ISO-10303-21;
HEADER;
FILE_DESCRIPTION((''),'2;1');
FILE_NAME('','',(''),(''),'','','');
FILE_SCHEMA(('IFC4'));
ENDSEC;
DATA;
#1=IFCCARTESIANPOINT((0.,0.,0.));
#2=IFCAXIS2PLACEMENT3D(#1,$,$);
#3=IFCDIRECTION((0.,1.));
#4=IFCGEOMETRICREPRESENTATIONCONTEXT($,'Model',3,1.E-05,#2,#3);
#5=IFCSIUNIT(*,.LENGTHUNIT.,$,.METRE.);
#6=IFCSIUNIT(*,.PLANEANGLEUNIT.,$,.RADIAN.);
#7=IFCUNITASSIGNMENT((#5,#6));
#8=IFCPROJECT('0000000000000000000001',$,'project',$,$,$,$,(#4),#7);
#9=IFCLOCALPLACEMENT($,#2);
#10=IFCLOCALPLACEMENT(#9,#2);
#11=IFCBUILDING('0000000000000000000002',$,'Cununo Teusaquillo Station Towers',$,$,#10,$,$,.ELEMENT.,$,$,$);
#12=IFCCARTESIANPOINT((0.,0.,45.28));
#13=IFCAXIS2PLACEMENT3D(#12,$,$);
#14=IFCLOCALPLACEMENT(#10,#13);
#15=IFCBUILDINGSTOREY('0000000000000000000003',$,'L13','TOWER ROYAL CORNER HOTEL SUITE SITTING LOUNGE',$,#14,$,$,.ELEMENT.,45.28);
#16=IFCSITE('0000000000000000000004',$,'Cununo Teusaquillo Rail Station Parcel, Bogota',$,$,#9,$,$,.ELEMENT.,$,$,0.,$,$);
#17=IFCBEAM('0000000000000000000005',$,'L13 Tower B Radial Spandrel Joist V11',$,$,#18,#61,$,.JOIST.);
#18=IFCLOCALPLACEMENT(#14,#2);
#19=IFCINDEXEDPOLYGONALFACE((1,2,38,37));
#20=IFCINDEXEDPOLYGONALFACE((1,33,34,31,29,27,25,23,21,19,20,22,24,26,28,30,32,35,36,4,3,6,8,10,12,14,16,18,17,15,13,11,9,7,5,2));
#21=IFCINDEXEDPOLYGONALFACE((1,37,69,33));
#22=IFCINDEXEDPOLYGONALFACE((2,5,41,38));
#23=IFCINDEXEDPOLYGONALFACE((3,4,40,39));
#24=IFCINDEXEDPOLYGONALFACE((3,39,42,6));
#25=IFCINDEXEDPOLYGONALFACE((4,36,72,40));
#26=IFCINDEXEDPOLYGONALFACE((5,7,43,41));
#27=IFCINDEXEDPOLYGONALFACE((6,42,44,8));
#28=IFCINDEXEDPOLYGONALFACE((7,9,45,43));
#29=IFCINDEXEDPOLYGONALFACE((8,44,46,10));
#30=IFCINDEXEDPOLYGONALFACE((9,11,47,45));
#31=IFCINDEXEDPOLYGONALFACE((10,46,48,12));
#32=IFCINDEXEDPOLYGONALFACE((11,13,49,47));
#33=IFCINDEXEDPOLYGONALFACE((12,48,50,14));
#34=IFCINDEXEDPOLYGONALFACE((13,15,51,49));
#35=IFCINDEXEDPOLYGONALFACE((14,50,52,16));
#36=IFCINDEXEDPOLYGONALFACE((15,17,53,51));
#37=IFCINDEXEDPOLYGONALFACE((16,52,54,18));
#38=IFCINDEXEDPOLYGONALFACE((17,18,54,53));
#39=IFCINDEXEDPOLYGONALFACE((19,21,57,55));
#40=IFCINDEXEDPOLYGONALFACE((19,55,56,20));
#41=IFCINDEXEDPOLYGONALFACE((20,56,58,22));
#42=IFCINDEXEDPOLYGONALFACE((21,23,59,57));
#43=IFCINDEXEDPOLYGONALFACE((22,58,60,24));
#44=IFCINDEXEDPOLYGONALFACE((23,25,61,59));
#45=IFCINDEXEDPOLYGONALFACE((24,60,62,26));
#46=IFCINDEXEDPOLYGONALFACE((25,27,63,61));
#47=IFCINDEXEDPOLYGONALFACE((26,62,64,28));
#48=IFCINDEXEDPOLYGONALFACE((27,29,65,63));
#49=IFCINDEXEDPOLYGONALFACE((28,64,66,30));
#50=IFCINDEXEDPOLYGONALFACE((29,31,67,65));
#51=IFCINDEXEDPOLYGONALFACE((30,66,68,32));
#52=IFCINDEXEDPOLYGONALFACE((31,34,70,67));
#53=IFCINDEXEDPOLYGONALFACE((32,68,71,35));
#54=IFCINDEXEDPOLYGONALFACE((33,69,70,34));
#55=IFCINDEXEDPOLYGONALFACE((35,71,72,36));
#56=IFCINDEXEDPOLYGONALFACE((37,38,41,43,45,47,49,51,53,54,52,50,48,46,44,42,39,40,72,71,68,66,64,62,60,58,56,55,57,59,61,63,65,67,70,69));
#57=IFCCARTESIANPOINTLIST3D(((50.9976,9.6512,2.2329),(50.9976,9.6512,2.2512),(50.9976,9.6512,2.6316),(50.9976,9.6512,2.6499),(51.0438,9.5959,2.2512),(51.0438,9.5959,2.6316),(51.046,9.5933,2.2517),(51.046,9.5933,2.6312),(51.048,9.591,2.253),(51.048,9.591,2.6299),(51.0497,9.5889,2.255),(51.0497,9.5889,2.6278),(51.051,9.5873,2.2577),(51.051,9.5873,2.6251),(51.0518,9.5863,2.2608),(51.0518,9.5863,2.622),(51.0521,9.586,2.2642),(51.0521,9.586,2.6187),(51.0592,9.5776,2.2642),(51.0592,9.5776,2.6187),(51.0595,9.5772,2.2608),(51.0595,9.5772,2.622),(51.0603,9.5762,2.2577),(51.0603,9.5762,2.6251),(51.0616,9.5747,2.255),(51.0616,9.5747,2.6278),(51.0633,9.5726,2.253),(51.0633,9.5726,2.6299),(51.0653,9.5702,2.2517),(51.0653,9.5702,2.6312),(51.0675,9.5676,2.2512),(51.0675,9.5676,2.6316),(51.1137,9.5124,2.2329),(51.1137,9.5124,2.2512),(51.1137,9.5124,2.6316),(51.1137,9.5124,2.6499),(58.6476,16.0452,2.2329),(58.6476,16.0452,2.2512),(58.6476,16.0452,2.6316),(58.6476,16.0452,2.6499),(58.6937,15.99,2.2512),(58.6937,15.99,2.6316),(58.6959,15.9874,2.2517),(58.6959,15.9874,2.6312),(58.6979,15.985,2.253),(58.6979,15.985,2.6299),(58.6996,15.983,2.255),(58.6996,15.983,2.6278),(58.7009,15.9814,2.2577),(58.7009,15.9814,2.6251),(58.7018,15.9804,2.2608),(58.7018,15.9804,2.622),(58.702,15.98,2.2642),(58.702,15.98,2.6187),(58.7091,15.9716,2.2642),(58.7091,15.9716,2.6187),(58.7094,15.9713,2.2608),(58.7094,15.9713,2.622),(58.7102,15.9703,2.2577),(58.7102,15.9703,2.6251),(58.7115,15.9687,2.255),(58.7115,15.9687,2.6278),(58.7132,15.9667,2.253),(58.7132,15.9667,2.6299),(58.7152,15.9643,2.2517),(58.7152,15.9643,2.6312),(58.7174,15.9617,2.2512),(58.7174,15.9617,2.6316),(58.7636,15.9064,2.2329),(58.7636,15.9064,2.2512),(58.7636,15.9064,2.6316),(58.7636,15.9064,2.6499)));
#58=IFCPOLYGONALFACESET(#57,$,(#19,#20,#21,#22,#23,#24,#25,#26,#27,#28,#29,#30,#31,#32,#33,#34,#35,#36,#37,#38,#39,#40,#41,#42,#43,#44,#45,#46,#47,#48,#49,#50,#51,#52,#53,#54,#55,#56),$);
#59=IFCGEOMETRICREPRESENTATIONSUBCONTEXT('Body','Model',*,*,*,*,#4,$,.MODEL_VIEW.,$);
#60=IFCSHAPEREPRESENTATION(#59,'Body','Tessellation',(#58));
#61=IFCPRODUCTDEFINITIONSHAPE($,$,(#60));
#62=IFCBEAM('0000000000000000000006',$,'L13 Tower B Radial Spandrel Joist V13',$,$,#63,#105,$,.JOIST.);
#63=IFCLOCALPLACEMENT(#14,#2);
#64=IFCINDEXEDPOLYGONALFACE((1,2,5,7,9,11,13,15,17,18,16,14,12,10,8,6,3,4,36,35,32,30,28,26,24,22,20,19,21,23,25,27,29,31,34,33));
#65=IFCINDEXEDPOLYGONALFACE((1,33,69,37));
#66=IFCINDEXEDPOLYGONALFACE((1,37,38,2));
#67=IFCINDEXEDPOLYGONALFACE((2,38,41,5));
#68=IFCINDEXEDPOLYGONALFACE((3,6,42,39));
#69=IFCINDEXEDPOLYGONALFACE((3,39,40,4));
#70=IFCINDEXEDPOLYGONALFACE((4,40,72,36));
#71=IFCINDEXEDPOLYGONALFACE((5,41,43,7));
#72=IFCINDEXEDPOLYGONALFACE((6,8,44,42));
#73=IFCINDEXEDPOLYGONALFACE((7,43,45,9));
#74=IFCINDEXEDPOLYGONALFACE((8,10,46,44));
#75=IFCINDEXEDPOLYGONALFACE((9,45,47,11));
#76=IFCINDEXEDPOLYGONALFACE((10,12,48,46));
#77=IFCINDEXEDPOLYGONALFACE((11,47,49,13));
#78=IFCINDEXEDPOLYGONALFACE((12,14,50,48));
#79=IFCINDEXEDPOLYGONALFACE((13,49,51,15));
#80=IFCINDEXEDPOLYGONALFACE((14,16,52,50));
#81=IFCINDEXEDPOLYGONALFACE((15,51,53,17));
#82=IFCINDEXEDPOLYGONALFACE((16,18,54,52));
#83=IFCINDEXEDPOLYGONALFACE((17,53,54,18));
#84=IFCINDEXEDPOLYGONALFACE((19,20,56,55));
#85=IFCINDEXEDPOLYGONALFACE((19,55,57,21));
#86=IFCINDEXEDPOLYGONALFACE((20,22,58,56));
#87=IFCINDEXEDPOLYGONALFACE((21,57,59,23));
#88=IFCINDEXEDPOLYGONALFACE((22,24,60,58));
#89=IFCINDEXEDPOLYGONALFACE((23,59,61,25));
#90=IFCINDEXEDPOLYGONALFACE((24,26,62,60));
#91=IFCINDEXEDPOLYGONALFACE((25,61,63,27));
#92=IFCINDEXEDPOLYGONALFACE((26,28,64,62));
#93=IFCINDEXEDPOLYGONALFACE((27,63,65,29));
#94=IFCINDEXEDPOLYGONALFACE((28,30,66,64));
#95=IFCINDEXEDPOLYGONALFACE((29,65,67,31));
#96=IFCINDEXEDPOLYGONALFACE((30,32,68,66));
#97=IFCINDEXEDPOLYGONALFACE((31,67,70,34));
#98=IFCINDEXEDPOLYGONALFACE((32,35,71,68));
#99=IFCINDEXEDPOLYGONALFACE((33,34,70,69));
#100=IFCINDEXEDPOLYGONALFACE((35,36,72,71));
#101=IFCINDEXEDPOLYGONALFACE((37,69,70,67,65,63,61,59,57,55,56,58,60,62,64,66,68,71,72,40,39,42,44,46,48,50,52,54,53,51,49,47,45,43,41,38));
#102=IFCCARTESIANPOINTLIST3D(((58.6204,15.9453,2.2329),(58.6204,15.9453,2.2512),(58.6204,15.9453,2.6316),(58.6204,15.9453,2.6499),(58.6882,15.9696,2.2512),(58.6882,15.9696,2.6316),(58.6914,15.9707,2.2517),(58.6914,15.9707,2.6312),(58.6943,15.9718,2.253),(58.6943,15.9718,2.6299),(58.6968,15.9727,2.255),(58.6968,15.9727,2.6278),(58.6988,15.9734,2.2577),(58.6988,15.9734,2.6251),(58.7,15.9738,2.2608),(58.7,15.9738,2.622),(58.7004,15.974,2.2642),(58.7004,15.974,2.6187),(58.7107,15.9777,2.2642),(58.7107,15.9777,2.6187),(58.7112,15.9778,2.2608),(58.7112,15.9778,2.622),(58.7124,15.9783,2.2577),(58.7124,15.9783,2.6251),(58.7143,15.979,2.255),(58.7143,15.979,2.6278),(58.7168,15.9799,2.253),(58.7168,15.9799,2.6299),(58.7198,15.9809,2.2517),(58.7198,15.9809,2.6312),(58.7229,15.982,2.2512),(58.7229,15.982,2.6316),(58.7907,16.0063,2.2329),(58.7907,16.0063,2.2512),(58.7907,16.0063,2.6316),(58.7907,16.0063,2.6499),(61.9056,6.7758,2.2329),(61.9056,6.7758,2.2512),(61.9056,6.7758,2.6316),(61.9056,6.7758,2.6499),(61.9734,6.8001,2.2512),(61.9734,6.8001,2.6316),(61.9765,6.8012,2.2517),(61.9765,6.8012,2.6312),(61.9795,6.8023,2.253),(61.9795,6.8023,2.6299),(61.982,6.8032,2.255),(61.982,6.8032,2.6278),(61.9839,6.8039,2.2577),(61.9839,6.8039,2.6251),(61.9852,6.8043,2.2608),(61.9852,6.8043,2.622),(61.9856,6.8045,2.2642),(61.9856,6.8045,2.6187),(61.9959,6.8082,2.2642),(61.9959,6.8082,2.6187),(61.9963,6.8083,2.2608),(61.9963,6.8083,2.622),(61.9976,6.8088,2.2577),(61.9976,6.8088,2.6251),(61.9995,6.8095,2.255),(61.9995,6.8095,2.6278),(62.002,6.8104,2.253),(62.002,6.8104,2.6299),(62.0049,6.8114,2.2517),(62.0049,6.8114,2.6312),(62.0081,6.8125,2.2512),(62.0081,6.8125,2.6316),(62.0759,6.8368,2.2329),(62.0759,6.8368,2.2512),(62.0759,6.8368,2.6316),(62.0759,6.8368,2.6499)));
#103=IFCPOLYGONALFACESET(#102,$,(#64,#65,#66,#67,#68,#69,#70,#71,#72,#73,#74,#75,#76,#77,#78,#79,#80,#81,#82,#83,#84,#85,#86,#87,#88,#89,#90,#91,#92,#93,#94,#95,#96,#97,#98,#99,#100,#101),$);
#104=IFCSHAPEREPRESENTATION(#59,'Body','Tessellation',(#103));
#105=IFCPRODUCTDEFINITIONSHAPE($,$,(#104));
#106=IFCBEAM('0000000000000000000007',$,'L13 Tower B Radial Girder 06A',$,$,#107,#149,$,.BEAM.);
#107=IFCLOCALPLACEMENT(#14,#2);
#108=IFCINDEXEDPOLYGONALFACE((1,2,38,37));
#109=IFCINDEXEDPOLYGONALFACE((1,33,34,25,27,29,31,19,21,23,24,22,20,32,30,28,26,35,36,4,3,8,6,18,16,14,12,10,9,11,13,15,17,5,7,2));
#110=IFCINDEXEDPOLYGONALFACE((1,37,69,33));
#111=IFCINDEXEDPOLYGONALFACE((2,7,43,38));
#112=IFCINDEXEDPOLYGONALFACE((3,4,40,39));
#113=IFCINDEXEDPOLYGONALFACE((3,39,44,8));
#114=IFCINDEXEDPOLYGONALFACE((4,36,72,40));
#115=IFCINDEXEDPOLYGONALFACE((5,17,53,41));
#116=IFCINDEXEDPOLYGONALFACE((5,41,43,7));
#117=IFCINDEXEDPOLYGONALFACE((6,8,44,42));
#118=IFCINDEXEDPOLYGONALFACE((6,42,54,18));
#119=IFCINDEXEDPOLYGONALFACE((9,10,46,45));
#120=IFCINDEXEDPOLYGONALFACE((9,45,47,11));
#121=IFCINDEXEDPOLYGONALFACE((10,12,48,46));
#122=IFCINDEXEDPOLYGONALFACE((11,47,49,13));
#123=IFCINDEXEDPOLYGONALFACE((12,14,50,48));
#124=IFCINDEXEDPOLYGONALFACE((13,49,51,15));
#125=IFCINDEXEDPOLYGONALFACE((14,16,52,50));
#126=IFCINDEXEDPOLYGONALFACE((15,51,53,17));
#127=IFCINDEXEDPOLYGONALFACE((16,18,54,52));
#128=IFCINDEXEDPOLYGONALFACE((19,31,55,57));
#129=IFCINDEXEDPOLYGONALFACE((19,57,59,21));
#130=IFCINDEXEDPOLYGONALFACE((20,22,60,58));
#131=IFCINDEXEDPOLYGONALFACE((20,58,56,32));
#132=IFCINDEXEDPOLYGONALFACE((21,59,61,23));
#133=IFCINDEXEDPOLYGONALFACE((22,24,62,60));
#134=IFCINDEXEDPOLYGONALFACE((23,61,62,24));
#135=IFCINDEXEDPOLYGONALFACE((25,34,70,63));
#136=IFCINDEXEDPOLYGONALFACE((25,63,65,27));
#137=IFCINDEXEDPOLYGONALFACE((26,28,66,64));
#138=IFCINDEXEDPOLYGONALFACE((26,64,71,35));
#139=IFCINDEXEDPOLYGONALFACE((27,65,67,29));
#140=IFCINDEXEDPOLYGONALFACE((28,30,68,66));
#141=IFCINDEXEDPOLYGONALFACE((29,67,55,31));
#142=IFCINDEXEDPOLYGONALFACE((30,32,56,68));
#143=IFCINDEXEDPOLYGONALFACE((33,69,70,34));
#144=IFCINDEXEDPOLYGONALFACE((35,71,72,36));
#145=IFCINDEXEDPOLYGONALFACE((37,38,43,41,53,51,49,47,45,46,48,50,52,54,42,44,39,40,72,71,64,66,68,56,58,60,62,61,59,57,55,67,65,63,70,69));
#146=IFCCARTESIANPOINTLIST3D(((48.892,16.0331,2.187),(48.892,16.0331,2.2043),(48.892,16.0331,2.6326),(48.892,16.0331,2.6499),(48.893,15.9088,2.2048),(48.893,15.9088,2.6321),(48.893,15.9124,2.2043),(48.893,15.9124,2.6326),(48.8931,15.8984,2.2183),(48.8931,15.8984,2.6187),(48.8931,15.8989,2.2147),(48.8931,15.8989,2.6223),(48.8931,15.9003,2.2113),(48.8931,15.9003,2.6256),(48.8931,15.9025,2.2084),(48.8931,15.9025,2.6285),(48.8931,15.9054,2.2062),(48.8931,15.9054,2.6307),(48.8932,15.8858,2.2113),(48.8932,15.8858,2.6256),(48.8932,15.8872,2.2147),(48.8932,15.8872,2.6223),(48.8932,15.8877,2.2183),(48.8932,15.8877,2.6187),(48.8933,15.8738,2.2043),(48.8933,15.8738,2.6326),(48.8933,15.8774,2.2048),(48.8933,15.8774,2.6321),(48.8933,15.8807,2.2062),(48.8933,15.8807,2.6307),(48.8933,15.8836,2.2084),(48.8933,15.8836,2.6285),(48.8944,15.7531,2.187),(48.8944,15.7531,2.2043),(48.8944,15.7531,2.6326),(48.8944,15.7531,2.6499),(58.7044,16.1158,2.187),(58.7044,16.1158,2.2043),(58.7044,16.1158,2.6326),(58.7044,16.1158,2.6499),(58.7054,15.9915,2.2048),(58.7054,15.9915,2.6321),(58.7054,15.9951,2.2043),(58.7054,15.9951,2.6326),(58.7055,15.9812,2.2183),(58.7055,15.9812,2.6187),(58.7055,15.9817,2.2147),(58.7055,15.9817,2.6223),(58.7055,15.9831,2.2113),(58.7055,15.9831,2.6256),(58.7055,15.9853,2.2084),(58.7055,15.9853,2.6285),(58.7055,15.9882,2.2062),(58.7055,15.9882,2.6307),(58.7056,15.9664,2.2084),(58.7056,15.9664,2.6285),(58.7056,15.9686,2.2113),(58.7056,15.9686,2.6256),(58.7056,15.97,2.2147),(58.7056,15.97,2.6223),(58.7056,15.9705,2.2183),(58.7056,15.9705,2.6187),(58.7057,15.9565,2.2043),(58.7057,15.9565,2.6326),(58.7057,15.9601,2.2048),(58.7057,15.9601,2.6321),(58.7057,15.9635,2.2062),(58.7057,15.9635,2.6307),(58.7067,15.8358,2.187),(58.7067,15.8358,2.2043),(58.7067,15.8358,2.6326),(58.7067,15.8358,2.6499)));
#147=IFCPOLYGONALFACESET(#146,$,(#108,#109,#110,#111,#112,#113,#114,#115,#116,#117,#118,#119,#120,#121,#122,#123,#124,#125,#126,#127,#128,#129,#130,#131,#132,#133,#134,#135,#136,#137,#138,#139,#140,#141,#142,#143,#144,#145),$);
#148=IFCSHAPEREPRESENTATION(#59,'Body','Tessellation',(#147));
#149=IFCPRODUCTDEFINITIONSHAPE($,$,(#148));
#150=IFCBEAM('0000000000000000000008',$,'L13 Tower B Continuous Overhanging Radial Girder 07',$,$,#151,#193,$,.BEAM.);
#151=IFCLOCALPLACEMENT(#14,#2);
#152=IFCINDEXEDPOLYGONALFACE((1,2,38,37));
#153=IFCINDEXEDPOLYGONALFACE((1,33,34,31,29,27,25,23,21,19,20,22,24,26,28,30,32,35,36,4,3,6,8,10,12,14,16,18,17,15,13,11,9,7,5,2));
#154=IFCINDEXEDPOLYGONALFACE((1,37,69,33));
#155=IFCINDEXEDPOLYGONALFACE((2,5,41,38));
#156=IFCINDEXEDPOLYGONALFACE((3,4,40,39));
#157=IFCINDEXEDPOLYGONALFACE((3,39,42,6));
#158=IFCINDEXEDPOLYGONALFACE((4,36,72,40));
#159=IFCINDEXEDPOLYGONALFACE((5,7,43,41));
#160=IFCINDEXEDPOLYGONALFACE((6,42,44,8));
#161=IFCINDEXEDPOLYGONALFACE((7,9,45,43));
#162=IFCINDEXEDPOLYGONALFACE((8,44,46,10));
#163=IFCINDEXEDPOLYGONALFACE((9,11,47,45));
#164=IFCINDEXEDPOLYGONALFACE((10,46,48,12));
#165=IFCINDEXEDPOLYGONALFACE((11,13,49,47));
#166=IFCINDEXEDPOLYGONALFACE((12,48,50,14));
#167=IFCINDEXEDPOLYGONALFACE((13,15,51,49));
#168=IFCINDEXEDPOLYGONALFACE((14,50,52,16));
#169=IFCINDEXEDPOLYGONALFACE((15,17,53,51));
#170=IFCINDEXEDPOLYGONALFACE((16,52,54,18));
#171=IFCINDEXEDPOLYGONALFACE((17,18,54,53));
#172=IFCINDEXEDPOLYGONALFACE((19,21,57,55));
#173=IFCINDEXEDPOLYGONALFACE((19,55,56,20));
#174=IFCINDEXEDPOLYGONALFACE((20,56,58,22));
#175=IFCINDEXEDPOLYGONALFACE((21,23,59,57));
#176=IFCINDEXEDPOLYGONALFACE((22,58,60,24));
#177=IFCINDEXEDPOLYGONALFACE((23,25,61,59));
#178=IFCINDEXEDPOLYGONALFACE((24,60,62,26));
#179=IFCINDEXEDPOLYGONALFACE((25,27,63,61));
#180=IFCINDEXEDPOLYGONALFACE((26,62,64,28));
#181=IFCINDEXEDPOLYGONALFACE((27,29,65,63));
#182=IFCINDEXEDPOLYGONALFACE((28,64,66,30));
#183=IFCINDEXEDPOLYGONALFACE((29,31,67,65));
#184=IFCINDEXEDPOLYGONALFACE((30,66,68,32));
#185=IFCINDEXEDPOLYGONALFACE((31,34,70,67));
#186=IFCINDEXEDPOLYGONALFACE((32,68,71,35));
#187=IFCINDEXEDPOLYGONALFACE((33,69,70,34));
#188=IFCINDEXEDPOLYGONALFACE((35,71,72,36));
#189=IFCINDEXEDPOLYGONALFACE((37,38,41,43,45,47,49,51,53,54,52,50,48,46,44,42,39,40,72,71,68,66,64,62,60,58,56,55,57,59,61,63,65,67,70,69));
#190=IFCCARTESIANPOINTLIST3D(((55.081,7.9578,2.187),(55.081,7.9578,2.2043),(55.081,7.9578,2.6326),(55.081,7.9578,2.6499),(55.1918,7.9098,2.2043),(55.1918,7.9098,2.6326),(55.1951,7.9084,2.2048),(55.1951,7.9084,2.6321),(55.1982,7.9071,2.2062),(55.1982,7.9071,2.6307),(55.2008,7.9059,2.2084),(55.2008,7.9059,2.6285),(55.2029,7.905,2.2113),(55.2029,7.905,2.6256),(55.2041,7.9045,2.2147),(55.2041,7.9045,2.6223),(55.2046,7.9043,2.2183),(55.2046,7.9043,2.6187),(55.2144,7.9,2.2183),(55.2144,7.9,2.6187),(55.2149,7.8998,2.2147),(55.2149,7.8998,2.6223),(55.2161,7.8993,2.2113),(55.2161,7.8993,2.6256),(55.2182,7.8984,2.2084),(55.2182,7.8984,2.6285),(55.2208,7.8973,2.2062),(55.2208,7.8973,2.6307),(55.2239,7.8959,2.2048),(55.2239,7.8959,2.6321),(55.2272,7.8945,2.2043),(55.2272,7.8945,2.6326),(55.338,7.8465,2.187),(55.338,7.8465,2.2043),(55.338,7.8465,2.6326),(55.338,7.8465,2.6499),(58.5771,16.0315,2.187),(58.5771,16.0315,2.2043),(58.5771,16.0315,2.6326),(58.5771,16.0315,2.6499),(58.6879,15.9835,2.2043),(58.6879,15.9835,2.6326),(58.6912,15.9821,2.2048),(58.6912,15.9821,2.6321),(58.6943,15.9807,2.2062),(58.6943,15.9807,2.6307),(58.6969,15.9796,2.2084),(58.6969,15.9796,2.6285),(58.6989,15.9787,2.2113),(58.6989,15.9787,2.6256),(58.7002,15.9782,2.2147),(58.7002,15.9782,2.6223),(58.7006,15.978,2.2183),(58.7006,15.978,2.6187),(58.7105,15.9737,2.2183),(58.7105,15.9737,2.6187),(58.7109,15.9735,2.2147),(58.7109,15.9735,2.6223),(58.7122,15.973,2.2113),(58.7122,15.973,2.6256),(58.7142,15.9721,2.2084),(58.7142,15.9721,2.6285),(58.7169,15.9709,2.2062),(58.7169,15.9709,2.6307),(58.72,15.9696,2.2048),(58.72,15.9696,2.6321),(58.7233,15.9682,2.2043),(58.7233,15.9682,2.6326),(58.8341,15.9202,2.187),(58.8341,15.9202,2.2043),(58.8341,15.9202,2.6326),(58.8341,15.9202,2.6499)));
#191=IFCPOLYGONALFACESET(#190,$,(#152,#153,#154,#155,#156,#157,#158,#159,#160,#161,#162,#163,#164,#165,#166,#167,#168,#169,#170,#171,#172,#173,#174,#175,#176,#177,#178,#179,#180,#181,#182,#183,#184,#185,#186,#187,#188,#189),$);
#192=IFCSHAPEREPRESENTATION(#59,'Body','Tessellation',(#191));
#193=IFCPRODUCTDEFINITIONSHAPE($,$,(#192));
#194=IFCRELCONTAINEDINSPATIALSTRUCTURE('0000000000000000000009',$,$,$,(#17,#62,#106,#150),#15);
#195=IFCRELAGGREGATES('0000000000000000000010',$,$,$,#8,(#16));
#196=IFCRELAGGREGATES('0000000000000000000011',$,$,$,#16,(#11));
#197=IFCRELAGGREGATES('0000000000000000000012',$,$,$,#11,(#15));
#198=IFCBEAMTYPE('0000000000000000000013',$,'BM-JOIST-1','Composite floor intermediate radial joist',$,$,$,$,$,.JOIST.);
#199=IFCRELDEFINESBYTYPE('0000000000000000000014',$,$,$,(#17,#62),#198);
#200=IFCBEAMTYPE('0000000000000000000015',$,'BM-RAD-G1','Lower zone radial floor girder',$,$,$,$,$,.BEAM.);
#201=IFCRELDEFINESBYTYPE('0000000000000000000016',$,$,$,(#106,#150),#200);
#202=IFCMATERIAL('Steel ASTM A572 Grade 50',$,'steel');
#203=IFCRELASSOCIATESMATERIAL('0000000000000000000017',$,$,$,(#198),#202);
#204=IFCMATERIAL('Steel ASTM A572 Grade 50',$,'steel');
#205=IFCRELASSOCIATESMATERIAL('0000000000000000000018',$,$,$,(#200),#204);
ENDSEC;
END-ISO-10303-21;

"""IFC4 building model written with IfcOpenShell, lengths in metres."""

from ifc_helpers import new_model, si_unit, direction, frame, origin, origin_2d, place, context, subcontext, project, spatial, i_section, extrude, material, material_profile, profile_set, type_object, element, save


model = new_model("IFC4")

# Units and contexts
model_context = context("Model", 3, precision=1e-05, world=origin(), true_north=direction((0.0, 1.0)))
body_context = subcontext(model_context, "Body", "Model", "MODEL_VIEW")
ifc_project = project(units=[si_unit("LENGTHUNIT", "METRE"), si_unit("PLANEANGLEUNIT", "RADIAN")], contexts=[model_context])

# Site, building, storey
site_placement = place(None, origin())
site = spatial("IfcSite", under=ifc_project, at=site_placement, Name="Cununo Teusaquillo Rail Station Parcel, Bogota", CompositionType="ELEMENT", RefElevation=0.0)
building_placement = place(site_placement, origin())
building = spatial("IfcBuilding", under=site, at=building_placement, Name="Cununo Teusaquillo Station Towers", CompositionType="ELEMENT")
storey_placement = place(building_placement, frame((0.0, 0.0, 45.28)))
storey = spatial("IfcBuildingStorey", under=building, at=storey_placement, Name="L13", Description="TOWER ROYAL CORNER HOTEL SUITE SITTING LOUNGE", CompositionType="ELEMENT", Elevation=45.28)

# Beams
ifc_material_1 = material(Name="Steel ASTM A572 Grade 50", Category="steel")
ifc_material_profile_1 = material_profile(ifc_material_1, i_section(OverallWidth=0.1809, OverallDepth=0.417, WebThickness=0.011, FlangeThickness=0.0183, FilletRadius=0.0129, at=origin_2d()), Name="W16X57")
ifc_profile_set_1 = profile_set([ifc_material_profile_1], Name="Steel ASTM A572 Grade 50")
beam_type_1 = type_object("IfcBeamType", Name="BM-JOIST-1", Description="Composite floor intermediate radial joist", PredefinedType="JOIST", material=ifc_profile_set_1)
beam_1_placement = place(storey_placement, frame((58.7056, 15.9758, 2.4414), z_axis=(-0.767277, -0.641316, 0.0), x_axis=(0.641316, -0.767277, 0.0)))
element("IfcBeam", 1, at=beam_1_placement, inside=storey, type_object=beam_type_1, Name="L13 Tower B Radial Spandrel Joist V11", PredefinedType="JOIST", context=body_context, shape_type="SweptSolid", body=[
    extrude(i_section(OverallWidth=0.1809, OverallDepth=0.417, WebThickness=0.011, FlangeThickness=0.0183, FilletRadius=0.0129, at=origin_2d()), origin(), (0.0, 0.0, 1.0), 9.9702),
])
beam_2_placement = place(storey_placement, frame((58.7056, 15.9758, 2.4414), z_axis=(0.337279, -0.941405, 0.0), x_axis=(0.941405, 0.337279, 0.0)))
element("IfcBeam", 2, at=beam_2_placement, inside=storey, type_object=beam_type_1, Name="L13 Tower B Radial Spandrel Joist V13", PredefinedType="JOIST", context=body_context, shape_type="SweptSolid", body=[
    extrude(i_section(OverallWidth=0.1809, OverallDepth=0.417, WebThickness=0.011, FlangeThickness=0.0183, FilletRadius=0.0129, at=origin_2d()), origin(), (0.0, 0.0, 1.0), 9.7402),
])
ifc_material_2 = material(Name="Steel ASTM A572 Grade 50", Category="steel")
ifc_material_profile_2 = material_profile(ifc_material_2, i_section(OverallWidth=0.28, OverallDepth=0.4629, WebThickness=0.0107, FlangeThickness=0.0173, FilletRadius=0.0139, at=origin_2d()), Name="W18X76")
ifc_profile_set_2 = profile_set([ifc_material_profile_2], Name="Steel ASTM A572 Grade 50")
beam_type_2 = type_object("IfcBeamType", Name="BM-RAD-G1", Description="Lower zone radial floor girder", PredefinedType="BEAM", material=ifc_profile_set_2)
beam_3_placement = place(storey_placement, frame((58.7056, 15.9758, 2.4185), z_axis=(-0.999964, -0.008434, 0.0), x_axis=(0.008434, -0.999964, 0.0)))
element("IfcBeam", 3, at=beam_3_placement, inside=storey, type_object=beam_type_2, Name="L13 Tower B Radial Girder 06A", PredefinedType="BEAM", context=body_context, shape_type="SweptSolid", body=[
    extrude(i_section(OverallWidth=0.28, OverallDepth=0.4629, WebThickness=0.0107, FlangeThickness=0.0173, FilletRadius=0.0139, at=origin_2d()), origin(), (0.0, 0.0, 1.0), 9.8127),
])
beam_4_placement = place(storey_placement, frame((58.7056, 15.9758, 2.4185), z_axis=(-0.397366, -0.91766, 0.0), x_axis=(0.91766, -0.397366, 0.0)))
element("IfcBeam", 4, at=beam_4_placement, inside=storey, type_object=beam_type_2, Name="L13 Tower B Continuous Overhanging Radial Girder 07", PredefinedType="BEAM", context=body_context, shape_type="SweptSolid", body=[
    extrude(i_section(OverallWidth=0.28, OverallDepth=0.4629, WebThickness=0.0107, FlangeThickness=0.0173, FilletRadius=0.0139, at=origin_2d()), origin(), (0.0, 0.0, 1.0), 8.7981),
])

save(model, "model.ifc")
